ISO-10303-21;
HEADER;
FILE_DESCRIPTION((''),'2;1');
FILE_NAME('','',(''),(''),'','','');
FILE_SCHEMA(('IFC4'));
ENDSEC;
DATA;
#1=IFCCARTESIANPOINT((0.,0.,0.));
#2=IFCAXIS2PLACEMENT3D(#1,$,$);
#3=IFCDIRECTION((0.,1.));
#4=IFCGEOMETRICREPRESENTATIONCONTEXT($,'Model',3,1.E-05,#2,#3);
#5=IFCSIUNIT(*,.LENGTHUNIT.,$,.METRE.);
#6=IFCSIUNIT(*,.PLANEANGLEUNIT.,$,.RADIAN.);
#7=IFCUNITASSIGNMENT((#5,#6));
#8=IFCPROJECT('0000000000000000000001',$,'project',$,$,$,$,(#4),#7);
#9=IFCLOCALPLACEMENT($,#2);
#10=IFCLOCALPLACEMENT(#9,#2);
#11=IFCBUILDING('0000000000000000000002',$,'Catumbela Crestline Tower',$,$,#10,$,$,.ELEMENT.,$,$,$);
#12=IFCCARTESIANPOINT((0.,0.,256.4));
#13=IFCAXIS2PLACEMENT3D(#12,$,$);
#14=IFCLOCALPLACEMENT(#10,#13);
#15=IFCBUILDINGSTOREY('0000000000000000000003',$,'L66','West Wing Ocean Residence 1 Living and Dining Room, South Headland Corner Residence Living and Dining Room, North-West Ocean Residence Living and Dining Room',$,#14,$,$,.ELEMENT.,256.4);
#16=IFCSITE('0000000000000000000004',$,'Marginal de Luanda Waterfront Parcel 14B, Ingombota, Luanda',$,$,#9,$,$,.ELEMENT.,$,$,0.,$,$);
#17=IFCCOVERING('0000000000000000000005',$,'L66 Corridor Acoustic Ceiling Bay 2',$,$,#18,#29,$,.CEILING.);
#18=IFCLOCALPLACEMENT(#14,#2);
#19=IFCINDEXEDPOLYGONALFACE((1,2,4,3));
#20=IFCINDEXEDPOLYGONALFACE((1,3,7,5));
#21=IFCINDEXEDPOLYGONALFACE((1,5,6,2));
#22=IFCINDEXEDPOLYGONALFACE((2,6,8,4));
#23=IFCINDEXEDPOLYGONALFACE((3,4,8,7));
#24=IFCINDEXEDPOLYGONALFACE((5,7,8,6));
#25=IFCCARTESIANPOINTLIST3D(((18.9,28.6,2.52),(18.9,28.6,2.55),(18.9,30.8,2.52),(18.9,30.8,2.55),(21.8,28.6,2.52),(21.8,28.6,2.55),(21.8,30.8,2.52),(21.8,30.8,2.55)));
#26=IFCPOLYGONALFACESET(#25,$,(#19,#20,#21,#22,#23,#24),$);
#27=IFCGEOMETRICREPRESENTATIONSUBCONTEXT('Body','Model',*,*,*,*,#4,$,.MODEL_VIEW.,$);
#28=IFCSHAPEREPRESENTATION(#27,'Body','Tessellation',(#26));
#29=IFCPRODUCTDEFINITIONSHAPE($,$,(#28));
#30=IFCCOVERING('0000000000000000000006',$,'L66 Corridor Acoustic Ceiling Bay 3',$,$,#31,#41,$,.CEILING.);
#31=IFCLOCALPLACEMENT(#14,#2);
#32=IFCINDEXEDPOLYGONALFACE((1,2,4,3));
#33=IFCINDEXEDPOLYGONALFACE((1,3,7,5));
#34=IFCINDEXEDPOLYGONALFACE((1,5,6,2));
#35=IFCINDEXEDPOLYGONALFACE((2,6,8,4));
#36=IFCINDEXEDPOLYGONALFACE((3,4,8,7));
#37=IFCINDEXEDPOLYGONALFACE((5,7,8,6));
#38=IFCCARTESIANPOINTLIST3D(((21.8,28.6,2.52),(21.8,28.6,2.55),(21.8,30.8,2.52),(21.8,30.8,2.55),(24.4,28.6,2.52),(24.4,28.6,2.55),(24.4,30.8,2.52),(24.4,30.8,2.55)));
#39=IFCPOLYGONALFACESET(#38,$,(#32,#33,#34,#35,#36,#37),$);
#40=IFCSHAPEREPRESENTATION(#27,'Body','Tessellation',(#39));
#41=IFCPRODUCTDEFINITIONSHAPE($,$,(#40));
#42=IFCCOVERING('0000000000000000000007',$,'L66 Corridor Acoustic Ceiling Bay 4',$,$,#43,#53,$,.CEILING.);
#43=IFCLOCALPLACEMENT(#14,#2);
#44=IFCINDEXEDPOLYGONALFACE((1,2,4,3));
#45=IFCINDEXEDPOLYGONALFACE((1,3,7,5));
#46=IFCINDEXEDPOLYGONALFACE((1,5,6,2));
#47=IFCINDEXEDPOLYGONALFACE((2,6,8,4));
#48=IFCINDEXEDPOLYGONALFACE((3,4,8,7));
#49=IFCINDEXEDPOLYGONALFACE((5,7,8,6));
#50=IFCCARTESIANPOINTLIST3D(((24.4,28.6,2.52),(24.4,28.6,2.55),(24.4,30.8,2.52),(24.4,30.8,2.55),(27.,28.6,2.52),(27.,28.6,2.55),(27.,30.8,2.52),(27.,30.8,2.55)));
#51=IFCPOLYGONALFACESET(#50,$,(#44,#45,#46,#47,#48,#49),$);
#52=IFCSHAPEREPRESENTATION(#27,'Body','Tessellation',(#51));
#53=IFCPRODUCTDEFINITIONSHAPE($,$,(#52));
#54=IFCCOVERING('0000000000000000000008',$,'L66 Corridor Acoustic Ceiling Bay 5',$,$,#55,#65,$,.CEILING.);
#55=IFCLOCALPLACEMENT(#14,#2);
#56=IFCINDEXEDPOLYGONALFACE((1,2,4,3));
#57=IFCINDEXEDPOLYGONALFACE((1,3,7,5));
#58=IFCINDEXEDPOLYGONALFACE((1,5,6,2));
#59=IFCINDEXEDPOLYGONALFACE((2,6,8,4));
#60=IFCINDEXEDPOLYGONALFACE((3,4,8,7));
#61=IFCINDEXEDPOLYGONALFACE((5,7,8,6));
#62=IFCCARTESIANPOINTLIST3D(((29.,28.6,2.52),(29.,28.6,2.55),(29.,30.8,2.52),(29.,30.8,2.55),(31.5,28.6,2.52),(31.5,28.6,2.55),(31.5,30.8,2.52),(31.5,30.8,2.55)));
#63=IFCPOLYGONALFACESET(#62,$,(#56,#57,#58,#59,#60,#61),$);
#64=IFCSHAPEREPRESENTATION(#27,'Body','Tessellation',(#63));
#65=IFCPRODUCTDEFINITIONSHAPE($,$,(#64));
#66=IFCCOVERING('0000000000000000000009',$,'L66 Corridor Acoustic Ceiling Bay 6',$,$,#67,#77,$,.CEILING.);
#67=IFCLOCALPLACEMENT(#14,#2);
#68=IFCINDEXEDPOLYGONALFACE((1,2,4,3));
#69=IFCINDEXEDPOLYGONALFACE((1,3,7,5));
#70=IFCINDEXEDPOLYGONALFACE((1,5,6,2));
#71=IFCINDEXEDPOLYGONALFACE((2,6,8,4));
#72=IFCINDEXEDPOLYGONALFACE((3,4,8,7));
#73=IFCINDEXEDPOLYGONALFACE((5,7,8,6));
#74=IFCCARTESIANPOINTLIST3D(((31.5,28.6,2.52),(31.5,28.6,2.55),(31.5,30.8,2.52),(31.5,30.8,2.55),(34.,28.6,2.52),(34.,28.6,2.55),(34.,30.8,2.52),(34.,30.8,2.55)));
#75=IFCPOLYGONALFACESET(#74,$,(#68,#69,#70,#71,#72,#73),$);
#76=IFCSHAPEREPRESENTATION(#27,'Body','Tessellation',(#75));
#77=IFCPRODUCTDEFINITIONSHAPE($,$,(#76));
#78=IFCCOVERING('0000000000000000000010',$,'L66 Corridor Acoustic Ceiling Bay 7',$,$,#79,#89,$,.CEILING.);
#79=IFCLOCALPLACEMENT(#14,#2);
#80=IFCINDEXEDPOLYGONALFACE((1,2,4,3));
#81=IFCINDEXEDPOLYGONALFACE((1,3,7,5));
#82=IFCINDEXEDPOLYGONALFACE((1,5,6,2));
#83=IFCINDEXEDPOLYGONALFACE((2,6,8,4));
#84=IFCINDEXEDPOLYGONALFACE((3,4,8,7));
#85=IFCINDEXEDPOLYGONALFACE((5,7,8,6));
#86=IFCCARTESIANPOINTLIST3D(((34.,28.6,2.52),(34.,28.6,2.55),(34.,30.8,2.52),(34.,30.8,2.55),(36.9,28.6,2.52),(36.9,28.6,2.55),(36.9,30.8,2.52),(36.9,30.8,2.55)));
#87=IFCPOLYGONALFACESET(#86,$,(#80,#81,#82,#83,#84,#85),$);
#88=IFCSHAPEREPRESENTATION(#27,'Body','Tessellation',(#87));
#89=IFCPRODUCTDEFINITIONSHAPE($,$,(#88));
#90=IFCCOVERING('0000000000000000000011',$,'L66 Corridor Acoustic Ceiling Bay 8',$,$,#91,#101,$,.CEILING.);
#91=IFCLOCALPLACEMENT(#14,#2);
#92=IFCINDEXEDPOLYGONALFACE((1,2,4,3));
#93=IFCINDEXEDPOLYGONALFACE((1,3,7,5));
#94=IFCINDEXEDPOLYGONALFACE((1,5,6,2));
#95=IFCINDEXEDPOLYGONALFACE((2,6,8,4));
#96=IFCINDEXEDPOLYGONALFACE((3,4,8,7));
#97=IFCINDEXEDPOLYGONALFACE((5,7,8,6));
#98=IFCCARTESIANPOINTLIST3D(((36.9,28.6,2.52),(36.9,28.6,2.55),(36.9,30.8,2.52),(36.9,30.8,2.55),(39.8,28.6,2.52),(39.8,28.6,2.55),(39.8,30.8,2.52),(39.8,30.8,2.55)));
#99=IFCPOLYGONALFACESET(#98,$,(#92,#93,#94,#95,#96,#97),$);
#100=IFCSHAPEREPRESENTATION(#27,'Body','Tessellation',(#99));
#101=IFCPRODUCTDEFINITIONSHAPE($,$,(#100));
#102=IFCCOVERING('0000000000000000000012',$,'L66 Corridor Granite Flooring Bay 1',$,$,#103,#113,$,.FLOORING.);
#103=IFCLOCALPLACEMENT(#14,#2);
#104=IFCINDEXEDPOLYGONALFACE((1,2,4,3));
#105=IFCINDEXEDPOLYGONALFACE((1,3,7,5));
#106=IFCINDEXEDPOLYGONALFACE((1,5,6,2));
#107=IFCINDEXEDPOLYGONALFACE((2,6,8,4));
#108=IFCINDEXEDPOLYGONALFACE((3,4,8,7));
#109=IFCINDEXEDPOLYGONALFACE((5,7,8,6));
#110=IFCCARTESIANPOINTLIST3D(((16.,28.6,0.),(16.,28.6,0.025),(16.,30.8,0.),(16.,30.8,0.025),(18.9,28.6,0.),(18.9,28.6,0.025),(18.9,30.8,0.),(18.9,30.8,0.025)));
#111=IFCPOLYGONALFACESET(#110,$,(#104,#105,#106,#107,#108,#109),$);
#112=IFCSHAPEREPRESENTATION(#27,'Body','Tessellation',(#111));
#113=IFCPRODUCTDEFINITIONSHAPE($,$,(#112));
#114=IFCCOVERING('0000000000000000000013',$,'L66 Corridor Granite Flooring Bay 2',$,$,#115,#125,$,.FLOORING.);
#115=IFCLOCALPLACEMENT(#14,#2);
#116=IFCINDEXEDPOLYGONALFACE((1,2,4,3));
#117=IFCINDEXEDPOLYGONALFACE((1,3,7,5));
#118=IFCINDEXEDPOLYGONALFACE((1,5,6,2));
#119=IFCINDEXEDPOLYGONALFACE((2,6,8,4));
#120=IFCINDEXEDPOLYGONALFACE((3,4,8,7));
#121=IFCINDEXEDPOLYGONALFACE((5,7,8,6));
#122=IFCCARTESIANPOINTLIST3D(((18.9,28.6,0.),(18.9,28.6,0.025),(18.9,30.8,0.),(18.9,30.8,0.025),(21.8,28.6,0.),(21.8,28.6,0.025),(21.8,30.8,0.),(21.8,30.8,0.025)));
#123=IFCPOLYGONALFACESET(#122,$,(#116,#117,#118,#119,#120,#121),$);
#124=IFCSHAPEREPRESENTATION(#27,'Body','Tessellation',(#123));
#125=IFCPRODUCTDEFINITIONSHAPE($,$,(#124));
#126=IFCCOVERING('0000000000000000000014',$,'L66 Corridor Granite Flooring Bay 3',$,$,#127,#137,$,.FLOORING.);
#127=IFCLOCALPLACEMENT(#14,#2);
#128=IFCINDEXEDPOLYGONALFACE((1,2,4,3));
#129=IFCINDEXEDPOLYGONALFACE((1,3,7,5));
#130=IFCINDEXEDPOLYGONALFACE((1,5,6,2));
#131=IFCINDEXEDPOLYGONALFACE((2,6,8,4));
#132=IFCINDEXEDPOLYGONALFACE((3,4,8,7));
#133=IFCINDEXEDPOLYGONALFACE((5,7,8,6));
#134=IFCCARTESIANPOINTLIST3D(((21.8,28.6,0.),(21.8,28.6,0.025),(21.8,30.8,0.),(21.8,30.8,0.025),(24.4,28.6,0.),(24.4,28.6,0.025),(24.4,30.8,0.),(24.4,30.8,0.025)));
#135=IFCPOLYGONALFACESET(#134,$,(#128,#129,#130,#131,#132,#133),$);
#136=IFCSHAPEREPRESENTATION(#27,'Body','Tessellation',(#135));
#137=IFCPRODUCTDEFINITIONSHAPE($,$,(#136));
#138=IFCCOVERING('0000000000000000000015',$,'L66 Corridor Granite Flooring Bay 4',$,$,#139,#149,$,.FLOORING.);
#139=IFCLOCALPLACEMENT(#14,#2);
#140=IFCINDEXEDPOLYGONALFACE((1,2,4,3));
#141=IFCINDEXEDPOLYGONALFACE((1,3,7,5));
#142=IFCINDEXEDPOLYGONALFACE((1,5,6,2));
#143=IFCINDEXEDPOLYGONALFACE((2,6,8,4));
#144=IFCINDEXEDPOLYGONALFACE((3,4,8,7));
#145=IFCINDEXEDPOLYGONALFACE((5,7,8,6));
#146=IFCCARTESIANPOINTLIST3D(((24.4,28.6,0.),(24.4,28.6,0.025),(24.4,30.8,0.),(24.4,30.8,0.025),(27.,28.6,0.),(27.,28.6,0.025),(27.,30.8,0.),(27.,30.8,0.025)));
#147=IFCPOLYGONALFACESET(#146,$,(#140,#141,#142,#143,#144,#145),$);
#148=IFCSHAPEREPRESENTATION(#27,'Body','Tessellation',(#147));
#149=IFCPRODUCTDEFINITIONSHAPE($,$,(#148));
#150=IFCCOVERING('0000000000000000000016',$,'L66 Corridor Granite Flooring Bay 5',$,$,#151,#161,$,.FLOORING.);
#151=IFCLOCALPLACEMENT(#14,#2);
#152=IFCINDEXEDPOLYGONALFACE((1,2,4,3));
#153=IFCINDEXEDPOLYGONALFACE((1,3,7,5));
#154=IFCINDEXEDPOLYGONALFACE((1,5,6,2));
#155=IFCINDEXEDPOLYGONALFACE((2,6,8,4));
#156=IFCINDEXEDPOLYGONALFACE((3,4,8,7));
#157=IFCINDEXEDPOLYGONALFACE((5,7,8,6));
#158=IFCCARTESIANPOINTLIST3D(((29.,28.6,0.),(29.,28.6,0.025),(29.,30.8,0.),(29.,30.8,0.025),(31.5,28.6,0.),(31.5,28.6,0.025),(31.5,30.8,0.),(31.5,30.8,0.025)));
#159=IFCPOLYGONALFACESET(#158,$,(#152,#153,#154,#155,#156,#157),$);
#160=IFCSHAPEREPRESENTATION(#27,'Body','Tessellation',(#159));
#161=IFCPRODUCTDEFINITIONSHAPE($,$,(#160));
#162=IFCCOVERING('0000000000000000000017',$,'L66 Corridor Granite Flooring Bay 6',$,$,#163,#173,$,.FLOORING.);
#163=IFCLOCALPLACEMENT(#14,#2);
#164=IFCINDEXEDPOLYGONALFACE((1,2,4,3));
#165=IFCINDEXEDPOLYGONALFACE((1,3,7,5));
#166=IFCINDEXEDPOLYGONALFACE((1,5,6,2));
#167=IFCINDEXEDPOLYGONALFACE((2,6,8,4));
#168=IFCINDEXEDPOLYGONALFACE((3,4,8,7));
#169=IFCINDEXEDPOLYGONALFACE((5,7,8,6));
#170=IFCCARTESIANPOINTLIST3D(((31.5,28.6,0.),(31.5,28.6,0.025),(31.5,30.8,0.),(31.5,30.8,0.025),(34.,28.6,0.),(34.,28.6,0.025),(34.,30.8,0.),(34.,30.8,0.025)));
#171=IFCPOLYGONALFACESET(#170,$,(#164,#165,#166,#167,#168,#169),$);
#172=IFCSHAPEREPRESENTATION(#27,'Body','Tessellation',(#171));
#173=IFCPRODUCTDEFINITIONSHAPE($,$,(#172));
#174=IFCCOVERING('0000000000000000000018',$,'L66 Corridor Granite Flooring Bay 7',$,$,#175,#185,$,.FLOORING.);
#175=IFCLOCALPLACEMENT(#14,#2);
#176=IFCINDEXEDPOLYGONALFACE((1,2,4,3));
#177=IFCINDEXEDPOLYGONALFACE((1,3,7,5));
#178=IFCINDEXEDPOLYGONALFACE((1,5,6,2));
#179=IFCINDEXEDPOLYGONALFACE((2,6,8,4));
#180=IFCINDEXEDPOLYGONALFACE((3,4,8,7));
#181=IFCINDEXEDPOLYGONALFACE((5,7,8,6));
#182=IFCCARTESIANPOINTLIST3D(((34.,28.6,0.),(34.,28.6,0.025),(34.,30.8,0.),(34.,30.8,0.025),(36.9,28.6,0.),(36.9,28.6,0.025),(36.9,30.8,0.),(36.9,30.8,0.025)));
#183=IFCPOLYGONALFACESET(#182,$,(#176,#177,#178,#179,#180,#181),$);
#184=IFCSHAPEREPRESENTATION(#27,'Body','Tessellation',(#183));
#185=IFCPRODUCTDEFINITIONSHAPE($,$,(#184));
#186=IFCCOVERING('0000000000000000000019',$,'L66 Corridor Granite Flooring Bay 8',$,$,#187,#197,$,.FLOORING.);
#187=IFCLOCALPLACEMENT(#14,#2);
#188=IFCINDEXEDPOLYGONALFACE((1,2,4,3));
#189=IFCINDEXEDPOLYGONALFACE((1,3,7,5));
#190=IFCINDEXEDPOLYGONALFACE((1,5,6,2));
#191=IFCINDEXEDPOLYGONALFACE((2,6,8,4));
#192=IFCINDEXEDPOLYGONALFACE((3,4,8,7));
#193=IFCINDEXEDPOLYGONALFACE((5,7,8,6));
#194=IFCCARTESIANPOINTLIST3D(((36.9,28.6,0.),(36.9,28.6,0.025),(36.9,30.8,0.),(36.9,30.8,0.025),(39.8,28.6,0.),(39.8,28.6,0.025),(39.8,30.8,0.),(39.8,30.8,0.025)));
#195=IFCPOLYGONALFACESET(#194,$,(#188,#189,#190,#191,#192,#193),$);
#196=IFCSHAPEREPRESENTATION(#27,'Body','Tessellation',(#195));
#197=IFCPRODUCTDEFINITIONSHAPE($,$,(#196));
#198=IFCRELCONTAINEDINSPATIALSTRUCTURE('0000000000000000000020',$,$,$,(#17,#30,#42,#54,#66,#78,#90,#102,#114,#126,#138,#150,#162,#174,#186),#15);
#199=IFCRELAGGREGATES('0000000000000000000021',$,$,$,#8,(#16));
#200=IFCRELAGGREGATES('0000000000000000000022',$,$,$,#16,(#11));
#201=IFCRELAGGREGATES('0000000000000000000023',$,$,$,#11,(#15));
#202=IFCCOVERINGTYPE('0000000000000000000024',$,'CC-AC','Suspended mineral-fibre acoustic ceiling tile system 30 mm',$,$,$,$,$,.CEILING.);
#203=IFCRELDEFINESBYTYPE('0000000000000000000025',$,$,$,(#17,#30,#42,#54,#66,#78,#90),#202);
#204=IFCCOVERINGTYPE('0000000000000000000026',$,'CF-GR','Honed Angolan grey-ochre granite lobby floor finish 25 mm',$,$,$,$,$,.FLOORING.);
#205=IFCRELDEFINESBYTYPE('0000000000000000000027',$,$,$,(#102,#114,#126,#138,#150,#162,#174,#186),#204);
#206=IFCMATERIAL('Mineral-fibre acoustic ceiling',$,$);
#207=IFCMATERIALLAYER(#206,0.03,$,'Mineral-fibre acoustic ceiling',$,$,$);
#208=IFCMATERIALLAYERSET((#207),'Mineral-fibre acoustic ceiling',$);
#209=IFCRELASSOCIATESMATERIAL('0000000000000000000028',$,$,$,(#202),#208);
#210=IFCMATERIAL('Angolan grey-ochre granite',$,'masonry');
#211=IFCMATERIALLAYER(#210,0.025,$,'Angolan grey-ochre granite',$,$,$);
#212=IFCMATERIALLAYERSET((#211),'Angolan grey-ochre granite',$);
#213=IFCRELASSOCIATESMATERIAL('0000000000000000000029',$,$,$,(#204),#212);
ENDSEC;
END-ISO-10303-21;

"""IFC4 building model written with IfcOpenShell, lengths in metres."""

from ifc_helpers import new_model, si_unit, direction, frame, origin, place, context, subcontext, project, spatial, polyline, outline, extrude, material, layer, layer_set, type_object, element, save


model = new_model("IFC4")

# Units and contexts
model_context = context("Model", 3, precision=1e-05, world=origin(), true_north=direction((0.0, 1.0)))
body_context = subcontext(model_context, "Body", "Model", "MODEL_VIEW")
ifc_project = project(units=[si_unit("LENGTHUNIT", "METRE"), si_unit("PLANEANGLEUNIT", "RADIAN")], contexts=[model_context])

# Site, building, storey
site_placement = place(None, origin())
site = spatial("IfcSite", under=ifc_project, at=site_placement, Name="Marginal de Luanda Waterfront Parcel 14B, Ingombota, Luanda", CompositionType="ELEMENT", RefElevation=0.0)
building_placement = place(site_placement, origin())
building = spatial("IfcBuilding", under=site, at=building_placement, Name="Catumbela Crestline Tower", CompositionType="ELEMENT")
storey_placement = place(building_placement, frame((0.0, 0.0, 256.4)))
storey = spatial("IfcBuildingStorey", under=building, at=storey_placement, Name="L66", Description="West Wing Ocean Residence 1 Living and Dining Room, South Headland Corner Residence Living and Dining Room, North-West Ocean Residence Living and Dining Room", CompositionType="ELEMENT", Elevation=256.4)

# Shared definitions
ifc_material_1 = material(Name="Angolan grey-ochre granite", Category="masonry")

# Coverings
ifc_material_2 = material(Name="Mineral-fibre acoustic ceiling")
ifc_layer_1 = layer(ifc_material_2, 0.03, Name="Mineral-fibre acoustic ceiling")
ifc_layer_set_1 = layer_set([ifc_layer_1], Name="Mineral-fibre acoustic ceiling")
covering_type_1 = type_object("IfcCoveringType", Name="CC-AC", Description="Suspended mineral-fibre acoustic ceiling tile system 30 mm", PredefinedType="CEILING", material=ifc_layer_set_1)
covering_1_placement = place(storey_placement, frame((0.0, 0.0, 2.52)))
element("IfcCovering", 1, at=covering_1_placement, inside=storey, type_object=covering_type_1, Name="L66 Corridor Acoustic Ceiling Bay 2", PredefinedType="CEILING", context=body_context, shape_type="SweptSolid", body=[
    extrude(outline(polyline([(18.9, 28.6), (21.8, 28.6), (21.8, 30.8), (18.9, 30.8), (18.9, 28.6)])), origin(), (0.0, 0.0, 1.0), 0.03),
])
covering_2_placement = place(storey_placement, frame((0.0, 0.0, 2.52)))
element("IfcCovering", 2, at=covering_2_placement, inside=storey, type_object=covering_type_1, Name="L66 Corridor Acoustic Ceiling Bay 3", PredefinedType="CEILING", context=body_context, shape_type="SweptSolid", body=[
    extrude(outline(polyline([(21.8, 28.6), (24.4, 28.6), (24.4, 30.8), (21.8, 30.8), (21.8, 28.6)])), origin(), (0.0, 0.0, 1.0), 0.03),
])
covering_3_placement = place(storey_placement, frame((0.0, 0.0, 2.52)))
element("IfcCovering", 3, at=covering_3_placement, inside=storey, type_object=covering_type_1, Name="L66 Corridor Acoustic Ceiling Bay 4", PredefinedType="CEILING", context=body_context, shape_type="SweptSolid", body=[
    extrude(outline(polyline([(24.4, 28.6), (27.0, 28.6), (27.0, 30.8), (24.4, 30.8), (24.4, 28.6)])), origin(), (0.0, 0.0, 1.0), 0.03),
])
covering_4_placement = place(storey_placement, frame((0.0, 0.0, 2.52)))
element("IfcCovering", 4, at=covering_4_placement, inside=storey, type_object=covering_type_1, Name="L66 Corridor Acoustic Ceiling Bay 5", PredefinedType="CEILING", context=body_context, shape_type="SweptSolid", body=[
    extrude(outline(polyline([(29.0, 28.6), (31.5, 28.6), (31.5, 30.8), (29.0, 30.8), (29.0, 28.6)])), origin(), (0.0, 0.0, 1.0), 0.03),
])
covering_5_placement = place(storey_placement, frame((0.0, 0.0, 2.52)))
element("IfcCovering", 5, at=covering_5_placement, inside=storey, type_object=covering_type_1, Name="L66 Corridor Acoustic Ceiling Bay 6", PredefinedType="CEILING", context=body_context, shape_type="SweptSolid", body=[
    extrude(outline(polyline([(31.5, 28.6), (34.0, 28.6), (34.0, 30.8), (31.5, 30.8), (31.5, 28.6)])), origin(), (0.0, 0.0, 1.0), 0.03),
])
covering_6_placement = place(storey_placement, frame((0.0, 0.0, 2.52)))
element("IfcCovering", 6, at=covering_6_placement, inside=storey, type_object=covering_type_1, Name="L66 Corridor Acoustic Ceiling Bay 7", PredefinedType="CEILING", context=body_context, shape_type="SweptSolid", body=[
    extrude(outline(polyline([(34.0, 28.6), (36.9, 28.6), (36.9, 30.8), (34.0, 30.8), (34.0, 28.6)])), origin(), (0.0, 0.0, 1.0), 0.03),
])
covering_7_placement = place(storey_placement, frame((0.0, 0.0, 2.52)))
element("IfcCovering", 7, at=covering_7_placement, inside=storey, type_object=covering_type_1, Name="L66 Corridor Acoustic Ceiling Bay 8", PredefinedType="CEILING", context=body_context, shape_type="SweptSolid", body=[
    extrude(outline(polyline([(36.9, 28.6), (39.8, 28.6), (39.8, 30.8), (36.9, 30.8), (36.9, 28.6)])), origin(), (0.0, 0.0, 1.0), 0.03),
])
ifc_layer_2 = layer(ifc_material_1, 0.025, Name="Angolan grey-ochre granite")
ifc_layer_set_2 = layer_set([ifc_layer_2], Name="Angolan grey-ochre granite")
covering_type_2 = type_object("IfcCoveringType", Name="CF-GR", Description="Honed Angolan grey-ochre granite lobby floor finish 25 mm", PredefinedType="FLOORING", material=ifc_layer_set_2)
covering_8_placement = place(storey_placement, origin())
element("IfcCovering", 8, at=covering_8_placement, inside=storey, type_object=covering_type_2, Name="L66 Corridor Granite Flooring Bay 1", PredefinedType="FLOORING", context=body_context, shape_type="SweptSolid", body=[
    extrude(outline(polyline([(16.0, 28.6), (18.9, 28.6), (18.9, 30.8), (16.0, 30.8), (16.0, 28.6)])), origin(), (0.0, 0.0, 1.0), 0.025),
])
covering_9_placement = place(storey_placement, origin())
element("IfcCovering", 9, at=covering_9_placement, inside=storey, type_object=covering_type_2, Name="L66 Corridor Granite Flooring Bay 2", PredefinedType="FLOORING", context=body_context, shape_type="SweptSolid", body=[
    extrude(outline(polyline([(18.9, 28.6), (21.8, 28.6), (21.8, 30.8), (18.9, 30.8), (18.9, 28.6)])), origin(), (0.0, 0.0, 1.0), 0.025),
])
covering_10_placement = place(storey_placement, origin())
element("IfcCovering", 10, at=covering_10_placement, inside=storey, type_object=covering_type_2, Name="L66 Corridor Granite Flooring Bay 3", PredefinedType="FLOORING", context=body_context, shape_type="SweptSolid", body=[
    extrude(outline(polyline([(21.8, 28.6), (24.4, 28.6), (24.4, 30.8), (21.8, 30.8), (21.8, 28.6)])), origin(), (0.0, 0.0, 1.0), 0.025),
])
covering_11_placement = place(storey_placement, origin())
element("IfcCovering", 11, at=covering_11_placement, inside=storey, type_object=covering_type_2, Name="L66 Corridor Granite Flooring Bay 4", PredefinedType="FLOORING", context=body_context, shape_type="SweptSolid", body=[
    extrude(outline(polyline([(24.4, 28.6), (27.0, 28.6), (27.0, 30.8), (24.4, 30.8), (24.4, 28.6)])), origin(), (0.0, 0.0, 1.0), 0.025),
])
covering_12_placement = place(storey_placement, origin())
element("IfcCovering", 12, at=covering_12_placement, inside=storey, type_object=covering_type_2, Name="L66 Corridor Granite Flooring Bay 5", PredefinedType="FLOORING", context=body_context, shape_type="SweptSolid", body=[
    extrude(outline(polyline([(29.0, 28.6), (31.5, 28.6), (31.5, 30.8), (29.0, 30.8), (29.0, 28.6)])), origin(), (0.0, 0.0, 1.0), 0.025),
])
covering_13_placement = place(storey_placement, origin())
element("IfcCovering", 13, at=covering_13_placement, inside=storey, type_object=covering_type_2, Name="L66 Corridor Granite Flooring Bay 6", PredefinedType="FLOORING", context=body_context, shape_type="SweptSolid", body=[
    extrude(outline(polyline([(31.5, 28.6), (34.0, 28.6), (34.0, 30.8), (31.5, 30.8), (31.5, 28.6)])), origin(), (0.0, 0.0, 1.0), 0.025),
])
covering_14_placement = place(storey_placement, origin())
element("IfcCovering", 14, at=covering_14_placement, inside=storey, type_object=covering_type_2, Name="L66 Corridor Granite Flooring Bay 7", PredefinedType="FLOORING", context=body_context, shape_type="SweptSolid", body=[
    extrude(outline(polyline([(34.0, 28.6), (36.9, 28.6), (36.9, 30.8), (34.0, 30.8), (34.0, 28.6)])), origin(), (0.0, 0.0, 1.0), 0.025),
])
covering_15_placement = place(storey_placement, origin())
element("IfcCovering", 15, at=covering_15_placement, inside=storey, type_object=covering_type_2, Name="L66 Corridor Granite Flooring Bay 8", PredefinedType="FLOORING", context=body_context, shape_type="SweptSolid", body=[
    extrude(outline(polyline([(36.9, 28.6), (39.8, 28.6), (39.8, 30.8), (36.9, 30.8), (36.9, 28.6)])), origin(), (0.0, 0.0, 1.0), 0.025),
])

save(model, "model.ifc")
